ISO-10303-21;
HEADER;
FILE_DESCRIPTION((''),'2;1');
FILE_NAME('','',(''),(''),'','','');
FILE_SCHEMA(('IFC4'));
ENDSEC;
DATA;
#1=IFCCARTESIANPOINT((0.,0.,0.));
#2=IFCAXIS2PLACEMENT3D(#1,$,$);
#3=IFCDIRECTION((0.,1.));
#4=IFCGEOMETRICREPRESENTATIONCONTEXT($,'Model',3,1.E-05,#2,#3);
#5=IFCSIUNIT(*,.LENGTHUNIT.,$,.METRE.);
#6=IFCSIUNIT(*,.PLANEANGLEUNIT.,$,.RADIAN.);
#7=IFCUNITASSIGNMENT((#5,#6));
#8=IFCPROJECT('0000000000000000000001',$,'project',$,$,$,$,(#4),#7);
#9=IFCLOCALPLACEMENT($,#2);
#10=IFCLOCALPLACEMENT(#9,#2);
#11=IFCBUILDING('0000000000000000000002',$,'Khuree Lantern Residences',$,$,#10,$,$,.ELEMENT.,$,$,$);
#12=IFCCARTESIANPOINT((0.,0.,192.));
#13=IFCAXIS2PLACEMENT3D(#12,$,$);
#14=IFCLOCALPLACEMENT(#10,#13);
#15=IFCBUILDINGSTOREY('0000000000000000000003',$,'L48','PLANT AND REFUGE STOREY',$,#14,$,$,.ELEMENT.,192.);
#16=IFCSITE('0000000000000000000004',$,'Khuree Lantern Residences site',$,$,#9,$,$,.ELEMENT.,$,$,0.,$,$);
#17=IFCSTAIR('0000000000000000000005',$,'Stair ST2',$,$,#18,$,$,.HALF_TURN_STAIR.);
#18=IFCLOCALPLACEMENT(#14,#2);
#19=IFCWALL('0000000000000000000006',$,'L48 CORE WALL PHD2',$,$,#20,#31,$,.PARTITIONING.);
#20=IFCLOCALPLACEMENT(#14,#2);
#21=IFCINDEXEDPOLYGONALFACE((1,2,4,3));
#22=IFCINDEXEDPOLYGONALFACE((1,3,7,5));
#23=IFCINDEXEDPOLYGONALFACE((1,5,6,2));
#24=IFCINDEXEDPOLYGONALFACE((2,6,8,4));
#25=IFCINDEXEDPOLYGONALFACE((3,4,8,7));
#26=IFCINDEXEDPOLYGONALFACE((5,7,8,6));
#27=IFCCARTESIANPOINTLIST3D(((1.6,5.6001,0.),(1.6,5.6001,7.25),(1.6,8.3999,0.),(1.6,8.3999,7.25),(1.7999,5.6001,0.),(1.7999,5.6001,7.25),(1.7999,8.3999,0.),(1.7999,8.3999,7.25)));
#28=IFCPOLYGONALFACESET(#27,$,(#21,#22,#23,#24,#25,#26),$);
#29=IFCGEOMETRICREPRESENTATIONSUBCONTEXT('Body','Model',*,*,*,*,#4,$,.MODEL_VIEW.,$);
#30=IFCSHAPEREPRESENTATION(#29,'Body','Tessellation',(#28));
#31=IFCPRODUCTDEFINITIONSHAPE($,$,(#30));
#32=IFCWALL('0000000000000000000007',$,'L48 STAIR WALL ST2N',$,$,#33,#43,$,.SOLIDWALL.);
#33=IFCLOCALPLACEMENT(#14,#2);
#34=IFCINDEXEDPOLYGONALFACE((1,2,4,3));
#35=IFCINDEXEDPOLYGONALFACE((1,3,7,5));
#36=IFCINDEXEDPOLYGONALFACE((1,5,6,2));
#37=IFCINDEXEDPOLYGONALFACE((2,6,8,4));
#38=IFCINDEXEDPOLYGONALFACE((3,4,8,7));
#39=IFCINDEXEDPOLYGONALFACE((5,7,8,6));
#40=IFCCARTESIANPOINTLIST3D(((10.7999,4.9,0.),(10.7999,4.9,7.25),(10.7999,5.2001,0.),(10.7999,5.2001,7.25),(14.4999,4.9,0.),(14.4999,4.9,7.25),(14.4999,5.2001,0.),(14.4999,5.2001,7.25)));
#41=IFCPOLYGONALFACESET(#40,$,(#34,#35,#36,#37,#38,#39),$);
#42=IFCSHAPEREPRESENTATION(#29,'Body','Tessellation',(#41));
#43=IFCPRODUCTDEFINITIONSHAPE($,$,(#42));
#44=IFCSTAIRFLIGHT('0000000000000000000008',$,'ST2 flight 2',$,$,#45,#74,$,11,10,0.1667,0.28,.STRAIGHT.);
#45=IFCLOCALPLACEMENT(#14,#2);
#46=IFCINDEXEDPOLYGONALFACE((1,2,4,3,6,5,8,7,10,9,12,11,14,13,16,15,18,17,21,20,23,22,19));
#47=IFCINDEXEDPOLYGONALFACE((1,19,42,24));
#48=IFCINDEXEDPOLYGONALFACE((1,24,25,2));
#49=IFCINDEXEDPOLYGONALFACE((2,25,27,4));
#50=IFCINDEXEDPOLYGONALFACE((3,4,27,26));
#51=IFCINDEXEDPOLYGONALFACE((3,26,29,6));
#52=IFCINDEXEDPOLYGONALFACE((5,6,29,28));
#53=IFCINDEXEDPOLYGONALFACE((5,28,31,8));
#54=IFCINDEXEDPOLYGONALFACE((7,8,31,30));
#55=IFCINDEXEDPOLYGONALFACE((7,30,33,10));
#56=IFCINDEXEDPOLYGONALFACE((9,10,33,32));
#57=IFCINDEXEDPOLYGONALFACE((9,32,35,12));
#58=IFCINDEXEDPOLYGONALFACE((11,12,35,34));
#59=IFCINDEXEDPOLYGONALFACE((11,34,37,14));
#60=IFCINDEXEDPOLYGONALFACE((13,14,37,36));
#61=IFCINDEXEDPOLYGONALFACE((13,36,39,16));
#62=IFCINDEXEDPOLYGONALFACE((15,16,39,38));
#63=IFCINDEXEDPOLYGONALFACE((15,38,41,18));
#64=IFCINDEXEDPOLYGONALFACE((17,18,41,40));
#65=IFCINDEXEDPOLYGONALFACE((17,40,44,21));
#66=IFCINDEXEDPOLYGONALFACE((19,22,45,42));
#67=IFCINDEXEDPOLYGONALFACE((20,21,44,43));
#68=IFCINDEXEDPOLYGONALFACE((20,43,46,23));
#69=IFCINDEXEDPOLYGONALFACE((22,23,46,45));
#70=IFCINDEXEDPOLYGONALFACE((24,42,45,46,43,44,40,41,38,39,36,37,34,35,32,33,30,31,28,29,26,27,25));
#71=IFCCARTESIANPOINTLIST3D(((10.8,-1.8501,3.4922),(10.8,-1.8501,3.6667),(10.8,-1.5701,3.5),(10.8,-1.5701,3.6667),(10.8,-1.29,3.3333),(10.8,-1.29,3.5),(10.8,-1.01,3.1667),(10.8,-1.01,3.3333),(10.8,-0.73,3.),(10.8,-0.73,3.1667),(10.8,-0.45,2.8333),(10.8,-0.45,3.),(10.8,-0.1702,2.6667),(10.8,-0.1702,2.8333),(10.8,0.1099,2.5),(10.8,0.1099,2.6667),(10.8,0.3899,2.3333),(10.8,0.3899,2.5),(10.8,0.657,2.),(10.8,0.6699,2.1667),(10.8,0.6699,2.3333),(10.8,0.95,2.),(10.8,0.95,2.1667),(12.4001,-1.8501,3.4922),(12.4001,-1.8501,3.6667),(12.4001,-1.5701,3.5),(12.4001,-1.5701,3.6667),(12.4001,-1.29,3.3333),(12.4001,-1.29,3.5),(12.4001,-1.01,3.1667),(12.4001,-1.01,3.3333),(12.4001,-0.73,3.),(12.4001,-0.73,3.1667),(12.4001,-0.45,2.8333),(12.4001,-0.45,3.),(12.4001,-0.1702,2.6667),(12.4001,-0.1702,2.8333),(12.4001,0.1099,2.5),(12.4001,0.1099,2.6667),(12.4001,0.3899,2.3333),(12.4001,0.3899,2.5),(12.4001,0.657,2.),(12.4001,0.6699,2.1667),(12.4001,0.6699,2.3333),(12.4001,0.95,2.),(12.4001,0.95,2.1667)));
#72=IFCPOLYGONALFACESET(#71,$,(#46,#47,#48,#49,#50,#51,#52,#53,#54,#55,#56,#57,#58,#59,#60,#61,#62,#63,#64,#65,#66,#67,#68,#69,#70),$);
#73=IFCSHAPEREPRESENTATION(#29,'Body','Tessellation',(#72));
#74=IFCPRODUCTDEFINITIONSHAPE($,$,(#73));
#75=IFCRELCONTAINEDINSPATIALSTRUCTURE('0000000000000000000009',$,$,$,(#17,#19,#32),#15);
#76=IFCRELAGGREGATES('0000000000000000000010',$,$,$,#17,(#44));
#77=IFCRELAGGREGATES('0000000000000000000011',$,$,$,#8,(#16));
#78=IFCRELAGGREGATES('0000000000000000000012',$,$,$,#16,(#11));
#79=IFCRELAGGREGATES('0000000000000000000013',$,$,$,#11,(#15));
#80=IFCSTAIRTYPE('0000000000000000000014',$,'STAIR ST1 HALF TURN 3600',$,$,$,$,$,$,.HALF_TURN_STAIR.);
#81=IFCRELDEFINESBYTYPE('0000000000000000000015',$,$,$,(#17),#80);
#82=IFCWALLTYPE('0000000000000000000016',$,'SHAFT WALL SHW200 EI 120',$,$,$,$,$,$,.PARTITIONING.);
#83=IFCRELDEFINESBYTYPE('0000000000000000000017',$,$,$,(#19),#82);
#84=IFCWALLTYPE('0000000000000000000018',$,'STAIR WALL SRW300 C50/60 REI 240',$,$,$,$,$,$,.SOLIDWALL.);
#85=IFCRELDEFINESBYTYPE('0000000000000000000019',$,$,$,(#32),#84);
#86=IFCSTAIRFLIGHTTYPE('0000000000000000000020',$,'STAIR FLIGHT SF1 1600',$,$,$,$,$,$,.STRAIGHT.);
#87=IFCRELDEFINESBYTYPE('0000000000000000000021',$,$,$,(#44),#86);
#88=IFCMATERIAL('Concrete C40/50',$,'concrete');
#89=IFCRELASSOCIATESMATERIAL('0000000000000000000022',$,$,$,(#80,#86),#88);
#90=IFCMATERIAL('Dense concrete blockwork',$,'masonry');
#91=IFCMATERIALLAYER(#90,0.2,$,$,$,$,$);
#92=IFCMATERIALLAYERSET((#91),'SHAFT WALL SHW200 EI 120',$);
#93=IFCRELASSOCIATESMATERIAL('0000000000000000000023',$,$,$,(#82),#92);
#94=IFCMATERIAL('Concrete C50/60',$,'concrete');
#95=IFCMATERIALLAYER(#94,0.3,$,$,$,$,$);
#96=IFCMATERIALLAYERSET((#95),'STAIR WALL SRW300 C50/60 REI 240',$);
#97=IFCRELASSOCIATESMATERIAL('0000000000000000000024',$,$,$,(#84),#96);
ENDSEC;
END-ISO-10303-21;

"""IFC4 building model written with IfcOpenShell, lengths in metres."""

from ifc_helpers import new_model, si_unit, direction, frame, frame_2d, origin, place, context, subcontext, project, spatial, polyline, rectangle, outline, extrude, material, layer, layer_set, type_object, element, aggregate, save


model = new_model("IFC4")

# Units and contexts
model_context = context("Model", 3, precision=1e-05, world=origin(), true_north=direction((0.0, 1.0)))
body_context = subcontext(model_context, "Body", "Model", "MODEL_VIEW")
ifc_project = project(units=[si_unit("LENGTHUNIT", "METRE"), si_unit("PLANEANGLEUNIT", "RADIAN")], contexts=[model_context])

# Site, building, storey
site_placement = place(None, origin())
site = spatial("IfcSite", under=ifc_project, at=site_placement, Name="Khuree Lantern Residences site", CompositionType="ELEMENT", RefElevation=0.0)
building_placement = place(site_placement, origin())
building = spatial("IfcBuilding", under=site, at=building_placement, Name="Khuree Lantern Residences", CompositionType="ELEMENT")
storey_placement = place(building_placement, frame((0.0, 0.0, 192.0)))
storey = spatial("IfcBuildingStorey", under=building, at=storey_placement, Name="L48", Description="PLANT AND REFUGE STOREY", CompositionType="ELEMENT", Elevation=192.0)

# Shared definitions
ifc_material_1 = material(Name="Concrete C40/50", Category="concrete")
stair_type = type_object("IfcStairType", Name="STAIR ST1 HALF TURN 3600", PredefinedType="HALF_TURN_STAIR", material=ifc_material_1)

# Stair
stair_1_placement = place(storey_placement, origin())
stair_1 = element("IfcStair", 1, at=stair_1_placement, inside=storey, type_object=stair_type, Name="Stair ST2", PredefinedType="HALF_TURN_STAIR")

# Shared definitions
ifc_material_2 = material(Name="Dense concrete blockwork", Category="masonry")

# Walls
ifc_layer_1 = layer(ifc_material_2, 0.2)
ifc_layer_set_1 = layer_set([ifc_layer_1], Name="SHAFT WALL SHW200 EI 120")
wall_type_1 = type_object("IfcWallType", Name="SHAFT WALL SHW200 EI 120", PredefinedType="PARTITIONING", material=ifc_layer_set_1)
wall_1_placement = place(storey_placement, frame((1.7, 5.6001, 0.0), z_axis=(0.0, 0.0, 1.0), x_axis=(0.0, 1.0, 0.0)))
element("IfcWall", 2, at=wall_1_placement, inside=storey, type_object=wall_type_1, Name="L48 CORE WALL PHD2", PredefinedType="PARTITIONING", context=body_context, shape_type="SweptSolid", body=[
    extrude(rectangle(XDim=2.7998, YDim=0.2, at=frame_2d((1.3999, 0.0))), origin(), (0.0, 0.0, 1.0), 7.25),
])
ifc_material_3 = material(Name="Concrete C50/60", Category="concrete")
ifc_layer_2 = layer(ifc_material_3, 0.3)
ifc_layer_set_2 = layer_set([ifc_layer_2], Name="STAIR WALL SRW300 C50/60 REI 240")
wall_type_2 = type_object("IfcWallType", Name="STAIR WALL SRW300 C50/60 REI 240", PredefinedType="SOLIDWALL", material=ifc_layer_set_2)
wall_2_placement = place(storey_placement, frame((14.5, 5.05, 0.0), z_axis=(0.0, 0.0, 1.0), x_axis=(-1.0, 0.0, 0.0)))
element("IfcWall", 3, at=wall_2_placement, inside=storey, type_object=wall_type_2, Name="L48 STAIR WALL ST2N", PredefinedType="SOLIDWALL", context=body_context, shape_type="SweptSolid", body=[
    extrude(rectangle(XDim=3.7, YDim=0.3, at=frame_2d((1.8501, 0.0))), origin(), (0.0, 0.0, 1.0), 7.25),
])

# Stair flight
stair_flight_type = type_object("IfcStairFlightType", Name="STAIR FLIGHT SF1 1600", PredefinedType="STRAIGHT", material=ifc_material_1)
stair_flight_placement = place(storey_placement, frame((11.6001, 0.95, 2.0), z_axis=(0.0, 0.0, 1.0), x_axis=(0.0, -1.0, 0.0)))
stair_flight = element("IfcStairFlight", 4, at=stair_flight_placement, type_object=stair_flight_type, Name="ST2 flight 2", NumberOfRisers=11, NumberOfTreads=10, PredefinedType="STRAIGHT", RiserHeight=0.1667, TreadLength=0.28, context=body_context, shape_type="SweptSolid", body=[
    extrude(outline(polyline([(0.0, 0.0), (0.0, 0.1667), (0.28, 0.1667), (0.28, 0.3333), (0.5601, 0.3333), (0.5601, 0.5), (0.8401, 0.5), (0.8401, 0.6667), (1.1201, 0.6667), (1.1201, 0.8333), (1.3999, 0.8333), (1.3999, 1.0), (1.6799, 1.0), (1.6799, 1.1667), (1.96, 1.1667), (1.96, 1.3333), (2.24, 1.3333), (2.24, 1.5), (2.52, 1.5), (2.52, 1.6667), (2.8, 1.6667), (2.8, 1.8333), (2.8, 1.4922), (0.293, 0.0), (0.0, 0.0)])), frame((0.0, 0.8, 0.0), z_axis=(0.0, -1.0, 0.0), x_axis=(1.0, 0.0, 0.0)), (0.0, 0.0, 1.0), 1.6001),
])
aggregate(stair_1, [stair_flight])

save(model, "model.ifc")
